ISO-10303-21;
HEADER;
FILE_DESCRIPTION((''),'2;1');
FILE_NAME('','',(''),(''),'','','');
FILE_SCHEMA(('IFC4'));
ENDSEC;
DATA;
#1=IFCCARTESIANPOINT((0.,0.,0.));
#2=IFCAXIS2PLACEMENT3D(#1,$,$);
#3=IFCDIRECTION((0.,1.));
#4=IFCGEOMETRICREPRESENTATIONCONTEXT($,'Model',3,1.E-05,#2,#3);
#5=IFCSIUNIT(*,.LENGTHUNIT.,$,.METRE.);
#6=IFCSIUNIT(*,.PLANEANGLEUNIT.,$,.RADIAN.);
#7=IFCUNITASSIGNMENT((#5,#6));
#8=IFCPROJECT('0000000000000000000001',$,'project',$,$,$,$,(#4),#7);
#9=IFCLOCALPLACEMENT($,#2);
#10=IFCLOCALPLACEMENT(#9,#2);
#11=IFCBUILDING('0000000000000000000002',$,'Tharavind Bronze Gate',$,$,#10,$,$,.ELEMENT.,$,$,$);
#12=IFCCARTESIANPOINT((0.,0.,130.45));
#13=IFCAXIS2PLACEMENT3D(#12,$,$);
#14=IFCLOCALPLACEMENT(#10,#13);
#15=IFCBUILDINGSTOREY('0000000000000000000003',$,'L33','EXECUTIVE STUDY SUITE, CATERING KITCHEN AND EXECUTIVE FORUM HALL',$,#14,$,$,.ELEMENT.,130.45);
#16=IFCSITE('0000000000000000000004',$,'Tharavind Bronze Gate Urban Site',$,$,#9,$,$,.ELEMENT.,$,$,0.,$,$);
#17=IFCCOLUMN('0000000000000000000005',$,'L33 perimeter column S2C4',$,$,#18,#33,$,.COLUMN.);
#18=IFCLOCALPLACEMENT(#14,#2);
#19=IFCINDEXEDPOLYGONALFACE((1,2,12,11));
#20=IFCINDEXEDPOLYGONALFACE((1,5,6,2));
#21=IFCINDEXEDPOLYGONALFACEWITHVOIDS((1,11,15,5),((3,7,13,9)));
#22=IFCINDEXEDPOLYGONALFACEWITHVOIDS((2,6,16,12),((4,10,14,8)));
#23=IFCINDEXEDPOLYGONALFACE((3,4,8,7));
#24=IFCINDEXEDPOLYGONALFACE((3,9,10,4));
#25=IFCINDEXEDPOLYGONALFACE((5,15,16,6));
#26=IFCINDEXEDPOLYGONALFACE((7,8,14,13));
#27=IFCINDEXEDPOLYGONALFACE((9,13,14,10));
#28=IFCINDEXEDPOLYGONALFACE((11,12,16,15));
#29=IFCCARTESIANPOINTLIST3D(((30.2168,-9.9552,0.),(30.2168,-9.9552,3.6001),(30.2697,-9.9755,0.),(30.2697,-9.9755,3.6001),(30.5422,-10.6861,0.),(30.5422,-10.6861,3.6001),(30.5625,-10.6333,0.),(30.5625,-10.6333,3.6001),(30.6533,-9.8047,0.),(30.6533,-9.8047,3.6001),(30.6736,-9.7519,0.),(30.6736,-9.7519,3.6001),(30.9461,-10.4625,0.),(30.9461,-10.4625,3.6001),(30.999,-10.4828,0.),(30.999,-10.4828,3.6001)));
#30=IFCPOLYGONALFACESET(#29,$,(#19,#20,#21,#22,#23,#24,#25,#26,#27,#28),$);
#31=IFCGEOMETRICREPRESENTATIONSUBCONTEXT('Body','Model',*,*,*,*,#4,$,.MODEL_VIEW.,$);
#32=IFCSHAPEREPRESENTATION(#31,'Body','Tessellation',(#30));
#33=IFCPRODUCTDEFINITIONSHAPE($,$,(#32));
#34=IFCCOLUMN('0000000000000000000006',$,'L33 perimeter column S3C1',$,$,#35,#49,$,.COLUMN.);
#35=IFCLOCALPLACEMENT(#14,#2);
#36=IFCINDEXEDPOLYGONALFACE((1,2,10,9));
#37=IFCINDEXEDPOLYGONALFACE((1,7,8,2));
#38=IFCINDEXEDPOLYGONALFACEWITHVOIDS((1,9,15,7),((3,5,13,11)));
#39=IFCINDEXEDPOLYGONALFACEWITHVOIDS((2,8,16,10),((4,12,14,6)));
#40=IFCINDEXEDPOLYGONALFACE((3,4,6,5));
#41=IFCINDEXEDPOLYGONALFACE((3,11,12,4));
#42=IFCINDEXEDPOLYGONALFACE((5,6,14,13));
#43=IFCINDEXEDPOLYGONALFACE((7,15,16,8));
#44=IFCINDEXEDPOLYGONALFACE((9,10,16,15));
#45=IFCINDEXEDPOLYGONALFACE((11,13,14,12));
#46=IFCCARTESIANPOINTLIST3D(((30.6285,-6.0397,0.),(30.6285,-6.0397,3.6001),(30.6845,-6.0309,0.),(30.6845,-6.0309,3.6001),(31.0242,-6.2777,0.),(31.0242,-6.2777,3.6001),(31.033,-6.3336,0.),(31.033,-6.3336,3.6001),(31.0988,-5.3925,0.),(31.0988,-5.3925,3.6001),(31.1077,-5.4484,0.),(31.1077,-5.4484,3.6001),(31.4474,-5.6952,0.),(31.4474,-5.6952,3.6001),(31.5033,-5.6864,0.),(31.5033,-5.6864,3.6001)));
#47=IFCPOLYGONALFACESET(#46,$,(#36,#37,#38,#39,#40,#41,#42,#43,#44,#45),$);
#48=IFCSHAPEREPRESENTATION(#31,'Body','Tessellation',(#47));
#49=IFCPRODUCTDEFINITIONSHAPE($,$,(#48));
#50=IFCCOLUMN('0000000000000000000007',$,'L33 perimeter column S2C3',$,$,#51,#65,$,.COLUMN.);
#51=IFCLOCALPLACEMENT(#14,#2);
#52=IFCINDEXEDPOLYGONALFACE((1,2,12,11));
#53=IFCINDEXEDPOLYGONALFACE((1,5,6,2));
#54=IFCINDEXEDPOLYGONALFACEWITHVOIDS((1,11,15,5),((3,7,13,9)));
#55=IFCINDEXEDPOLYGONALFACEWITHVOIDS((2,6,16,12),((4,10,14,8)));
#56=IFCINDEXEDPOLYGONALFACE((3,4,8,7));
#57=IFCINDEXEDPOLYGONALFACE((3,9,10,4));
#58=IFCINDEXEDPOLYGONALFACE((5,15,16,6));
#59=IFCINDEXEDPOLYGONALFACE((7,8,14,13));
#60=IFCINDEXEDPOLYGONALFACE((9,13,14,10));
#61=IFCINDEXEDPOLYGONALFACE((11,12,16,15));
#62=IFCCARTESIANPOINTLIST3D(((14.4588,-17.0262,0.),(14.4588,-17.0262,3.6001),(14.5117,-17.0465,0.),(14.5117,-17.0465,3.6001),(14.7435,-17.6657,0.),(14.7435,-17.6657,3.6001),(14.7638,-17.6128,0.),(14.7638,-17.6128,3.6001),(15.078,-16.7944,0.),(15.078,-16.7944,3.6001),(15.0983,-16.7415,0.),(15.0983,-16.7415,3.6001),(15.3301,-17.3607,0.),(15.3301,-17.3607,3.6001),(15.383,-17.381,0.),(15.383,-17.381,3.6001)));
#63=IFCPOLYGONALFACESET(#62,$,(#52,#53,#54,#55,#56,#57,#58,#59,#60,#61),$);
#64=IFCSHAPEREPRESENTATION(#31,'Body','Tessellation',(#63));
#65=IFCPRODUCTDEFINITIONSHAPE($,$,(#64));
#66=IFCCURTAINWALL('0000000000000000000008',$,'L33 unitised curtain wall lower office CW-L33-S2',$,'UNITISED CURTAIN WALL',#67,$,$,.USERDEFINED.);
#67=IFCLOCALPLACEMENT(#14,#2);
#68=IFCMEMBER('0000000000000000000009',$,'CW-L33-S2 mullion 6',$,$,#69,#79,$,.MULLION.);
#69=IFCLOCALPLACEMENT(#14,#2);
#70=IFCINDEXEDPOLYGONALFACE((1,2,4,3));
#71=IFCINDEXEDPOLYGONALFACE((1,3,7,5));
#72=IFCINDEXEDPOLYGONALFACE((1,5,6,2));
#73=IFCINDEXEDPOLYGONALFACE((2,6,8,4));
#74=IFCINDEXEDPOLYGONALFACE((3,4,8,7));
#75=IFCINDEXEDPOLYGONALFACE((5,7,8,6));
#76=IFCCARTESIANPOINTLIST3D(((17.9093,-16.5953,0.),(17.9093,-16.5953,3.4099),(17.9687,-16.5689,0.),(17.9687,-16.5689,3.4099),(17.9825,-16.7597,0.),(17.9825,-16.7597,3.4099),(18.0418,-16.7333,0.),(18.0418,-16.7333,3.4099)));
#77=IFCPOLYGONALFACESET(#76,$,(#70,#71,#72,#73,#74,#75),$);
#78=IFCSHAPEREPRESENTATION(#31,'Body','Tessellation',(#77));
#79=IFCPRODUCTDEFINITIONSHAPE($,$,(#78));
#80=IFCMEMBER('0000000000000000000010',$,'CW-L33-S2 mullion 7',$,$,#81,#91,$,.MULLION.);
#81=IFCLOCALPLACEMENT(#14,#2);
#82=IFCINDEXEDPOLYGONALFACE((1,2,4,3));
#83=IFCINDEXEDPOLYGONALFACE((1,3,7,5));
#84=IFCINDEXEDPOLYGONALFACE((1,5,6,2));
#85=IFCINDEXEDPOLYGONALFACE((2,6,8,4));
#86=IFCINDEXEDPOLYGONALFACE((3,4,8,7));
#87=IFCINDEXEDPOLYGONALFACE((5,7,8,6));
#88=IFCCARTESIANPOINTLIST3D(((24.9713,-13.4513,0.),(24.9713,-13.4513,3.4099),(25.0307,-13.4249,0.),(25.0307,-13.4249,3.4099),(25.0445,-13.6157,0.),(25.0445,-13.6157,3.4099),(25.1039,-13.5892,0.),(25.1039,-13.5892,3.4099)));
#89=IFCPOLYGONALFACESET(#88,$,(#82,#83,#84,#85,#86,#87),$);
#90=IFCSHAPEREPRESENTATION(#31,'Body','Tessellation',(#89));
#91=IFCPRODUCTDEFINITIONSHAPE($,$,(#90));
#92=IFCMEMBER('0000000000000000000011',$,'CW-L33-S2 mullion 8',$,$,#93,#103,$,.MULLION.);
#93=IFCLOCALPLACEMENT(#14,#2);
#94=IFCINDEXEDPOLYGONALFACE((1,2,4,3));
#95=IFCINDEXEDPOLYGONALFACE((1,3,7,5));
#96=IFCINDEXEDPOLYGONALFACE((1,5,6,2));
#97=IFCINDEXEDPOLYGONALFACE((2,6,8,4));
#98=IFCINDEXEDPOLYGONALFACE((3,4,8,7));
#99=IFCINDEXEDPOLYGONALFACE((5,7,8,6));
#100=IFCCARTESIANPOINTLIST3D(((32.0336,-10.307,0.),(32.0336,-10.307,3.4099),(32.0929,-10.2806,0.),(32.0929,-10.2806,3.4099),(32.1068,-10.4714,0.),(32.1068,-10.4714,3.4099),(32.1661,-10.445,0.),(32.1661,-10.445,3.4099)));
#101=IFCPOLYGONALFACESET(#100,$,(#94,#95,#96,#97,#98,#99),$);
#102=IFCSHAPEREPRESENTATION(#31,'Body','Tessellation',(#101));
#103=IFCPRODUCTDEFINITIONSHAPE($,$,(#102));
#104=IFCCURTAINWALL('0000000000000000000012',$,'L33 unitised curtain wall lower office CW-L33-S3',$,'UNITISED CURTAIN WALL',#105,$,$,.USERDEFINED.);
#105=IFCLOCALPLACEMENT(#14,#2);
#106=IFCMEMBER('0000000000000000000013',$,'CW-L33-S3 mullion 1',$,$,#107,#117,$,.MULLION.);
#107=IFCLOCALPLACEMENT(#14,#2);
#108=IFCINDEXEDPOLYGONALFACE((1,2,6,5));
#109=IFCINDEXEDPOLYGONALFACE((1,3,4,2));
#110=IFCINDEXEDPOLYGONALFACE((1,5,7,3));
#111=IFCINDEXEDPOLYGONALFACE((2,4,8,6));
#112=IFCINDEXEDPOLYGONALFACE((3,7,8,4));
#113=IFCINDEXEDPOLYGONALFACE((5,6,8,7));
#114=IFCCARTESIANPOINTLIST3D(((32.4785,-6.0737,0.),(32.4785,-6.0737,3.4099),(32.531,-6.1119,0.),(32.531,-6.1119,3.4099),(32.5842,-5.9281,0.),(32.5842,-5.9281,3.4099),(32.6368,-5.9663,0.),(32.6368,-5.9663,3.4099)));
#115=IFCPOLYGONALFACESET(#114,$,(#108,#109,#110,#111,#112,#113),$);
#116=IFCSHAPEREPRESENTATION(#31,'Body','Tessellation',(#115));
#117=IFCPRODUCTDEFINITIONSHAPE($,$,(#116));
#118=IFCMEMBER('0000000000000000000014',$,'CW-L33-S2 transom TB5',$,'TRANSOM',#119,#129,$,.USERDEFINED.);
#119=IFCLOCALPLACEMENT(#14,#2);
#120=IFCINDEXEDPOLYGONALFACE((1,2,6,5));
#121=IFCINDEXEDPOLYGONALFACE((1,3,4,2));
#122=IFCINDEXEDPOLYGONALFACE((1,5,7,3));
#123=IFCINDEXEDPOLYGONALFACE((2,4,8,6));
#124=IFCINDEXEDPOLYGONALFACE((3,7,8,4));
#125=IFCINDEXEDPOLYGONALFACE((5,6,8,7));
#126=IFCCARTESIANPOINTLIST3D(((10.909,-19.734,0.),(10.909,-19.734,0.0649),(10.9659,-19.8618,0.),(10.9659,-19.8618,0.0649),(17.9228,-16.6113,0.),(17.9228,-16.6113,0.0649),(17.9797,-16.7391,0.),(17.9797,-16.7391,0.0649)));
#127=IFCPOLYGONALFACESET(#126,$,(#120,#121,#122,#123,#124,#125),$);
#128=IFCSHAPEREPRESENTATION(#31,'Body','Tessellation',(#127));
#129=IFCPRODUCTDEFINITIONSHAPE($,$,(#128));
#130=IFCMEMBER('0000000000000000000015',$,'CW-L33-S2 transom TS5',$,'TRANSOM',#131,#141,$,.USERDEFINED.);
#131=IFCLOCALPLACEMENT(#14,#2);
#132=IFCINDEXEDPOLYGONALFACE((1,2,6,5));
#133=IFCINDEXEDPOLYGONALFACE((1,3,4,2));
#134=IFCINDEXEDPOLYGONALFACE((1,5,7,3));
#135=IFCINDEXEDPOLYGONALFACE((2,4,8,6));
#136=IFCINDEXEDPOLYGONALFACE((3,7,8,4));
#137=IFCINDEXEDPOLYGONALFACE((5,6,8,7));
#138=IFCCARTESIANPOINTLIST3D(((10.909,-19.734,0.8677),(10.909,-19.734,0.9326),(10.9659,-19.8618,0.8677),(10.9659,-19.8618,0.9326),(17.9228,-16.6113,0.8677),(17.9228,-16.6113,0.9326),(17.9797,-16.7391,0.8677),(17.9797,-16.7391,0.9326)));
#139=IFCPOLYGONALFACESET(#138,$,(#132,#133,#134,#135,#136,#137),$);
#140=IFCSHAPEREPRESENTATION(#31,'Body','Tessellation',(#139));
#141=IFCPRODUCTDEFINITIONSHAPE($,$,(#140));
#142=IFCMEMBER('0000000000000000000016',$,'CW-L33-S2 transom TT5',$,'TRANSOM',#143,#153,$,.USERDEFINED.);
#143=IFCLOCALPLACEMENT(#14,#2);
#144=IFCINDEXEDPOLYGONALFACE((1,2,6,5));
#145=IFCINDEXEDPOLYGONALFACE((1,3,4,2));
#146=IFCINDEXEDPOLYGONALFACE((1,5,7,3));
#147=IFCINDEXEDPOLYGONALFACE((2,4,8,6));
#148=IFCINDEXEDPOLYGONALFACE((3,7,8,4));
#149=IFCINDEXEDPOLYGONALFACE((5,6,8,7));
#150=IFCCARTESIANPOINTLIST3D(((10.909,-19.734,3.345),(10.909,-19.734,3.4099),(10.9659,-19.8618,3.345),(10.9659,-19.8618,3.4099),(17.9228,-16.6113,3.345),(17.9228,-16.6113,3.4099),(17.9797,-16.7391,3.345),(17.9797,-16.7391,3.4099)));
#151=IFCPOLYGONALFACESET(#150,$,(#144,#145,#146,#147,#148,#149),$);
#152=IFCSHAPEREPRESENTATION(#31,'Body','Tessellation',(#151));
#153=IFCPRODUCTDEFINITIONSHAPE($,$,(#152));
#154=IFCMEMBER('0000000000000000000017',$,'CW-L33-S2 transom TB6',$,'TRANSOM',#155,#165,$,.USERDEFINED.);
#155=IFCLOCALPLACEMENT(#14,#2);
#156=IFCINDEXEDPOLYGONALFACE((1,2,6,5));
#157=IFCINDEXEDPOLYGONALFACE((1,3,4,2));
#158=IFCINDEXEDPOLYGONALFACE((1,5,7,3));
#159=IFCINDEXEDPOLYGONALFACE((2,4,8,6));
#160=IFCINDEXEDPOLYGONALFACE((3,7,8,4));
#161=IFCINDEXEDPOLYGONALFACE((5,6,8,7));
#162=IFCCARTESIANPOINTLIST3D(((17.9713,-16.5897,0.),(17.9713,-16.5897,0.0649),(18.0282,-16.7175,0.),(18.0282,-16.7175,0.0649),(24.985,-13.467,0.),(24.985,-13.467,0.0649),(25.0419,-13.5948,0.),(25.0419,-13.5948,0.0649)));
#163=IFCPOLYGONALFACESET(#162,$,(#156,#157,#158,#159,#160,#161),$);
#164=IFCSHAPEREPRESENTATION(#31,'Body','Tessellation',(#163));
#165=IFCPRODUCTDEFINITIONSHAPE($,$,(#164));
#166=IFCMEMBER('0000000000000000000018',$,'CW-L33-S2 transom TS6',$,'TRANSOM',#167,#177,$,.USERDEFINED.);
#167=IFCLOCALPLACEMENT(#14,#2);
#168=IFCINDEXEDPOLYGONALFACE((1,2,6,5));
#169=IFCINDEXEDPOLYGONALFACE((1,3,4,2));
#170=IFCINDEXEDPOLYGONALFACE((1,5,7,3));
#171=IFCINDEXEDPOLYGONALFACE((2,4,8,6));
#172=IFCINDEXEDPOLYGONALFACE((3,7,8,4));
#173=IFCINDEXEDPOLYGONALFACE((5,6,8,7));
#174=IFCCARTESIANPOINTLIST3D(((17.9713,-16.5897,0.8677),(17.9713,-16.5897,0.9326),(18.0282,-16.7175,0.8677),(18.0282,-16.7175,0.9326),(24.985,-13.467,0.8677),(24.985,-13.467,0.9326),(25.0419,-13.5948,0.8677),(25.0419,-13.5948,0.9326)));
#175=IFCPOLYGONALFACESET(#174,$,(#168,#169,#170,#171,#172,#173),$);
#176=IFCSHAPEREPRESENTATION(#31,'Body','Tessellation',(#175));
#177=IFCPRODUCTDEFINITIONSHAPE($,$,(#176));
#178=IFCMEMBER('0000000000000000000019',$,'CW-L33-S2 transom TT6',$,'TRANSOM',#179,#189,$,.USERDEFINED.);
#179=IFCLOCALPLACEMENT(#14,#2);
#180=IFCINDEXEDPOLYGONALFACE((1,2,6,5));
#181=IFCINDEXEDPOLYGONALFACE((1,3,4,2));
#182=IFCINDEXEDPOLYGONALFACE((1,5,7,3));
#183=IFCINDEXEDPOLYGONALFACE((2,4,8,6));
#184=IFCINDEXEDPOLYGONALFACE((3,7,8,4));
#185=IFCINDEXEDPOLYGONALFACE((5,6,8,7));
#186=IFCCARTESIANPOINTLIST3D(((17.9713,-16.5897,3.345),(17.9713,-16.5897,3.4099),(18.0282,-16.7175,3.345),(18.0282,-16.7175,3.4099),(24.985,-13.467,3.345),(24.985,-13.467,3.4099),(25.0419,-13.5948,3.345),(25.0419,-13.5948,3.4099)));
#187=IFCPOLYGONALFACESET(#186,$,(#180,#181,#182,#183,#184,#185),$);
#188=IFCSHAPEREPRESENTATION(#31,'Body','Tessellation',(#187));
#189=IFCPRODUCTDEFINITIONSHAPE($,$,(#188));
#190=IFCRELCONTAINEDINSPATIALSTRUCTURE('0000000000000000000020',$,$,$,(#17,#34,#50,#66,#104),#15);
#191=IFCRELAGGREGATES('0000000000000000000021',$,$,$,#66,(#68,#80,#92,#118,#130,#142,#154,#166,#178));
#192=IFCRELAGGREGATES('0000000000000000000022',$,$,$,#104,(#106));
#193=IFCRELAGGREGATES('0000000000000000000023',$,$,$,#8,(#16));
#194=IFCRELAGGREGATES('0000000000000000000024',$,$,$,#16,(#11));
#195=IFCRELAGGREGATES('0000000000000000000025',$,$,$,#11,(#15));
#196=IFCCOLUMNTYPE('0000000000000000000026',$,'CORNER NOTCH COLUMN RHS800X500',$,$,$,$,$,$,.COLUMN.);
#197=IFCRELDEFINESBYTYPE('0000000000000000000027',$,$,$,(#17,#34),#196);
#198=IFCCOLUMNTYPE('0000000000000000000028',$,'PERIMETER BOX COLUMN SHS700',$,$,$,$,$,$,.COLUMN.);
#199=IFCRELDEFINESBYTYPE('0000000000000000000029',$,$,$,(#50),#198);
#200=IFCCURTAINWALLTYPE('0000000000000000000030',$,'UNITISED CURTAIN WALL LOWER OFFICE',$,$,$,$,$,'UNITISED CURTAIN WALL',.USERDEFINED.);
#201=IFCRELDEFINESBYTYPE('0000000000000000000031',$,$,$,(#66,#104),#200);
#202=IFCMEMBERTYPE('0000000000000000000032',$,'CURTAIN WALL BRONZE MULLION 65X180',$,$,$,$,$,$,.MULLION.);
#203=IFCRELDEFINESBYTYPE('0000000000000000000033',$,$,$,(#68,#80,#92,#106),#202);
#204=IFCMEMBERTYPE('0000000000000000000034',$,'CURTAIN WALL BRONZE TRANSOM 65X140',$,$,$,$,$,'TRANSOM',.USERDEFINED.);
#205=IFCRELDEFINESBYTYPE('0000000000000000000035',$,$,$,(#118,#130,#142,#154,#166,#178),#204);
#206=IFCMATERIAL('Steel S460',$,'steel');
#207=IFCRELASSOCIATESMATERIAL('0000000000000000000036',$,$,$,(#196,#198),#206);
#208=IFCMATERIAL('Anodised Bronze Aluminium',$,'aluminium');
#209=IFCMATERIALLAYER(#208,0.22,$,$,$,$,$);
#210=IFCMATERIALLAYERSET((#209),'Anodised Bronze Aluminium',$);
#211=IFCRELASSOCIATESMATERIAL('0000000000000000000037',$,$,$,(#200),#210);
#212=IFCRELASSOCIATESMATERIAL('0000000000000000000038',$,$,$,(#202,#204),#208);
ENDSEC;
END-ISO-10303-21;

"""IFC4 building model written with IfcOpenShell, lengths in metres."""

from ifc_helpers import new_model, si_unit, direction, frame, origin, origin_2d, place, context, subcontext, project, spatial, rectangle, hollow_rectangle, extrude, material, layer, layer_set, material_profile, profile_set, type_object, element, aggregate, save


model = new_model("IFC4")

# Units and contexts
model_context = context("Model", 3, precision=1e-05, world=origin(), true_north=direction((0.0, 1.0)))
body_context = subcontext(model_context, "Body", "Model", "MODEL_VIEW")
ifc_project = project(units=[si_unit("LENGTHUNIT", "METRE"), si_unit("PLANEANGLEUNIT", "RADIAN")], contexts=[model_context])

# Site, building, storey
site_placement = place(None, origin())
site = spatial("IfcSite", under=ifc_project, at=site_placement, Name="Tharavind Bronze Gate Urban Site", CompositionType="ELEMENT", RefElevation=0.0)
building_placement = place(site_placement, origin())
building = spatial("IfcBuilding", under=site, at=building_placement, Name="Tharavind Bronze Gate", CompositionType="ELEMENT")
storey_placement = place(building_placement, frame((0.0, 0.0, 130.45)))
storey = spatial("IfcBuildingStorey", under=building, at=storey_placement, Name="L33", Description="EXECUTIVE STUDY SUITE, CATERING KITCHEN AND EXECUTIVE FORUM HALL", CompositionType="ELEMENT", Elevation=130.45)

# Columns
ifc_material_1 = material(Name="Steel S460", Category="steel")
ifc_material_profile_1 = material_profile(ifc_material_1, hollow_rectangle(XDim=0.5, YDim=0.8, WallThickness=0.04, at=origin_2d()), Name="RHS800X500X40")
ifc_profile_set_1 = profile_set([ifc_material_profile_1], Name="Steel S460")
column_type_1 = type_object("IfcColumnType", Name="CORNER NOTCH COLUMN RHS800X500", PredefinedType="COLUMN", material=ifc_profile_set_1)
for number, where, z_axis, x_axis, name in (
    (1, (30.6079, -10.219, 0.0), (0.0, 0.0, 1.0), (0.913545, 0.406737, 0.0), "L33 perimeter column S2C4"),
    (2, (31.0659, -5.863, 0.0), (0.0, 0.0, 1.0), (-0.809017, 0.587785, 0.0), "L33 perimeter column S3C1"),
):
    element("IfcColumn", number, at=place(storey_placement, frame(where, z_axis=z_axis, x_axis=x_axis)), inside=storey, type_object=column_type_1, Name=name, PredefinedType="COLUMN", context=body_context, shape_type="SweptSolid", body=[
        extrude(hollow_rectangle(XDim=0.5, YDim=0.8, WallThickness=0.04, at=origin_2d()), origin(), (0.0, 0.0, 1.0), 3.6001),
    ])
ifc_material_profile_2 = material_profile(ifc_material_1, hollow_rectangle(XDim=0.7, YDim=0.7, WallThickness=0.04, at=origin_2d()), Name="SHS700X40")
ifc_profile_set_2 = profile_set([ifc_material_profile_2], Name="Steel S460")
column_type_2 = type_object("IfcColumnType", Name="PERIMETER BOX COLUMN SHS700", PredefinedType="COLUMN", material=ifc_profile_set_2)
column_placement = place(storey_placement, frame((14.9209, -17.2036, 0.0), z_axis=(0.0, 0.0, 1.0), x_axis=(0.913545, 0.406737, 0.0)))
element("IfcColumn", 3, at=column_placement, inside=storey, type_object=column_type_2, Name="L33 perimeter column S2C3", PredefinedType="COLUMN", context=body_context, shape_type="SweptSolid", body=[
    extrude(hollow_rectangle(XDim=0.7, YDim=0.7, WallThickness=0.04, at=origin_2d()), origin(), (0.0, 0.0, 1.0), 3.6001),
])

# Curtain wall, members
ifc_material_2 = material(Name="Anodised Bronze Aluminium", Category="aluminium")
ifc_layer_1 = layer(ifc_material_2, 0.22)
ifc_layer_set_1 = layer_set([ifc_layer_1], Name="Anodised Bronze Aluminium")
curtain_wall_type = type_object("IfcCurtainWallType", Name="UNITISED CURTAIN WALL LOWER OFFICE", ElementType="UNITISED CURTAIN WALL", PredefinedType="USERDEFINED", material=ifc_layer_set_1)
curtain_wall_1_placement = place(storey_placement, origin())
curtain_wall_1 = element("IfcCurtainWall", 4, at=curtain_wall_1_placement, inside=storey, type_object=curtain_wall_type, Name="L33 unitised curtain wall lower office CW-L33-S2", ObjectType="UNITISED CURTAIN WALL", PredefinedType="USERDEFINED")
member_type_1 = type_object("IfcMemberType", Name="CURTAIN WALL BRONZE MULLION 65X180", PredefinedType="MULLION", material=ifc_material_2)
member_1_placement = place(storey_placement, frame((17.9756, -16.6643, 0.0), z_axis=(0.0, 0.0, 1.0), x_axis=(0.913545, 0.406737, 0.0)))
member_1 = element("IfcMember", 5, at=member_1_placement, type_object=member_type_1, Name="CW-L33-S2 mullion 6", PredefinedType="MULLION", context=body_context, shape_type="SweptSolid", body=[
    extrude(rectangle(XDim=0.0649, YDim=0.1799, at=origin_2d()), origin(), (0.0, 0.0, 1.0), 3.4099),
])
member_2_placement = place(storey_placement, frame((25.0376, -13.5203, 0.0), z_axis=(0.0, 0.0, 1.0), x_axis=(0.913545, 0.406737, 0.0)))
member_2 = element("IfcMember", 6, at=member_2_placement, type_object=member_type_1, Name="CW-L33-S2 mullion 7", PredefinedType="MULLION", context=body_context, shape_type="SweptSolid", body=[
    extrude(rectangle(XDim=0.0649, YDim=0.1799, at=origin_2d()), origin(), (0.0, 0.0, 1.0), 3.4099),
])
member_3_placement = place(storey_placement, frame((32.0999, -10.376, 0.0), z_axis=(0.0, 0.0, 1.0), x_axis=(0.913545, 0.406737, 0.0)))
member_3 = element("IfcMember", 7, at=member_3_placement, type_object=member_type_1, Name="CW-L33-S2 mullion 8", PredefinedType="MULLION", context=body_context, shape_type="SweptSolid", body=[
    extrude(rectangle(XDim=0.0649, YDim=0.1799, at=origin_2d()), origin(), (0.0, 0.0, 1.0), 3.4099),
])

# Curtain wall, member
curtain_wall_2_placement = place(storey_placement, origin())
curtain_wall_2 = element("IfcCurtainWall", 8, at=curtain_wall_2_placement, inside=storey, type_object=curtain_wall_type, Name="L33 unitised curtain wall lower office CW-L33-S3", ObjectType="UNITISED CURTAIN WALL", PredefinedType="USERDEFINED")
member_4_placement = place(storey_placement, frame((32.5576, -6.02, 0.0), z_axis=(0.0, 0.0, 1.0), x_axis=(-0.809017, 0.587785, 0.0)))
member_4 = element("IfcMember", 9, at=member_4_placement, type_object=member_type_1, Name="CW-L33-S3 mullion 1", PredefinedType="MULLION", context=body_context, shape_type="SweptSolid", body=[
    extrude(rectangle(XDim=0.0649, YDim=0.1799, at=origin_2d()), origin(), (0.0, 0.0, 1.0), 3.4099),
])

# Members
member_type_2 = type_object("IfcMemberType", Name="CURTAIN WALL BRONZE TRANSOM 65X140", ElementType="TRANSOM", PredefinedType="USERDEFINED", material=ifc_material_2)
member_5_placement = place(storey_placement, frame((14.4443, -18.2366, 0.0), z_axis=(0.0, 0.0, 1.0), x_axis=(0.913545, 0.406737, 0.0)))
member_5 = element("IfcMember", 10, at=member_5_placement, type_object=member_type_2, Name="CW-L33-S2 transom TB5", ObjectType="TRANSOM", PredefinedType="USERDEFINED", context=body_context, shape_type="SweptSolid", body=[
    extrude(rectangle(XDim=7.6775, YDim=0.1399, at=origin_2d()), origin(), (0.0, 0.0, 1.0), 0.0649),
])
member_6_placement = place(storey_placement, frame((14.4443, -18.2366, 0.8677), z_axis=(0.0, 0.0, 1.0), x_axis=(0.913545, 0.406737, 0.0)))
member_6 = element("IfcMember", 11, at=member_6_placement, type_object=member_type_2, Name="CW-L33-S2 transom TS5", ObjectType="TRANSOM", PredefinedType="USERDEFINED", context=body_context, shape_type="SweptSolid", body=[
    extrude(rectangle(XDim=7.6775, YDim=0.1399, at=origin_2d()), origin(), (0.0, 0.0, 1.0), 0.0649),
])
member_7_placement = place(storey_placement, frame((14.4443, -18.2366, 3.345), z_axis=(0.0, 0.0, 1.0), x_axis=(0.913545, 0.406737, 0.0)))
member_7 = element("IfcMember", 12, at=member_7_placement, type_object=member_type_2, Name="CW-L33-S2 transom TT5", ObjectType="TRANSOM", PredefinedType="USERDEFINED", context=body_context, shape_type="SweptSolid", body=[
    extrude(rectangle(XDim=7.6775, YDim=0.1399, at=origin_2d()), origin(), (0.0, 0.0, 1.0), 0.0649),
])
member_8_placement = place(storey_placement, frame((21.5066, -15.0923, 0.0), z_axis=(0.0, 0.0, 1.0), x_axis=(0.913545, 0.406737, 0.0)))
member_8 = element("IfcMember", 13, at=member_8_placement, type_object=member_type_2, Name="CW-L33-S2 transom TB6", ObjectType="TRANSOM", PredefinedType="USERDEFINED", context=body_context, shape_type="SweptSolid", body=[
    extrude(rectangle(XDim=7.6775, YDim=0.1399, at=origin_2d()), origin(), (0.0, 0.0, 1.0), 0.0649),
])
member_9_placement = place(storey_placement, frame((21.5066, -15.0923, 0.8677), z_axis=(0.0, 0.0, 1.0), x_axis=(0.913545, 0.406737, 0.0)))
member_9 = element("IfcMember", 14, at=member_9_placement, type_object=member_type_2, Name="CW-L33-S2 transom TS6", ObjectType="TRANSOM", PredefinedType="USERDEFINED", context=body_context, shape_type="SweptSolid", body=[
    extrude(rectangle(XDim=7.6775, YDim=0.1399, at=origin_2d()), origin(), (0.0, 0.0, 1.0), 0.0649),
])
member_10_placement = place(storey_placement, frame((21.5066, -15.0923, 3.345), z_axis=(0.0, 0.0, 1.0), x_axis=(0.913545, 0.406737, 0.0)))
member_10 = element("IfcMember", 15, at=member_10_placement, type_object=member_type_2, Name="CW-L33-S2 transom TT6", ObjectType="TRANSOM", PredefinedType="USERDEFINED", context=body_context, shape_type="SweptSolid", body=[
    extrude(rectangle(XDim=7.6775, YDim=0.1399, at=origin_2d()), origin(), (0.0, 0.0, 1.0), 0.0649),
])

aggregate(curtain_wall_1, [member_1, member_2, member_3, member_5, member_6, member_7, member_8, member_9, member_10])
aggregate(curtain_wall_2, [member_4])

save(model, "model.ifc")
